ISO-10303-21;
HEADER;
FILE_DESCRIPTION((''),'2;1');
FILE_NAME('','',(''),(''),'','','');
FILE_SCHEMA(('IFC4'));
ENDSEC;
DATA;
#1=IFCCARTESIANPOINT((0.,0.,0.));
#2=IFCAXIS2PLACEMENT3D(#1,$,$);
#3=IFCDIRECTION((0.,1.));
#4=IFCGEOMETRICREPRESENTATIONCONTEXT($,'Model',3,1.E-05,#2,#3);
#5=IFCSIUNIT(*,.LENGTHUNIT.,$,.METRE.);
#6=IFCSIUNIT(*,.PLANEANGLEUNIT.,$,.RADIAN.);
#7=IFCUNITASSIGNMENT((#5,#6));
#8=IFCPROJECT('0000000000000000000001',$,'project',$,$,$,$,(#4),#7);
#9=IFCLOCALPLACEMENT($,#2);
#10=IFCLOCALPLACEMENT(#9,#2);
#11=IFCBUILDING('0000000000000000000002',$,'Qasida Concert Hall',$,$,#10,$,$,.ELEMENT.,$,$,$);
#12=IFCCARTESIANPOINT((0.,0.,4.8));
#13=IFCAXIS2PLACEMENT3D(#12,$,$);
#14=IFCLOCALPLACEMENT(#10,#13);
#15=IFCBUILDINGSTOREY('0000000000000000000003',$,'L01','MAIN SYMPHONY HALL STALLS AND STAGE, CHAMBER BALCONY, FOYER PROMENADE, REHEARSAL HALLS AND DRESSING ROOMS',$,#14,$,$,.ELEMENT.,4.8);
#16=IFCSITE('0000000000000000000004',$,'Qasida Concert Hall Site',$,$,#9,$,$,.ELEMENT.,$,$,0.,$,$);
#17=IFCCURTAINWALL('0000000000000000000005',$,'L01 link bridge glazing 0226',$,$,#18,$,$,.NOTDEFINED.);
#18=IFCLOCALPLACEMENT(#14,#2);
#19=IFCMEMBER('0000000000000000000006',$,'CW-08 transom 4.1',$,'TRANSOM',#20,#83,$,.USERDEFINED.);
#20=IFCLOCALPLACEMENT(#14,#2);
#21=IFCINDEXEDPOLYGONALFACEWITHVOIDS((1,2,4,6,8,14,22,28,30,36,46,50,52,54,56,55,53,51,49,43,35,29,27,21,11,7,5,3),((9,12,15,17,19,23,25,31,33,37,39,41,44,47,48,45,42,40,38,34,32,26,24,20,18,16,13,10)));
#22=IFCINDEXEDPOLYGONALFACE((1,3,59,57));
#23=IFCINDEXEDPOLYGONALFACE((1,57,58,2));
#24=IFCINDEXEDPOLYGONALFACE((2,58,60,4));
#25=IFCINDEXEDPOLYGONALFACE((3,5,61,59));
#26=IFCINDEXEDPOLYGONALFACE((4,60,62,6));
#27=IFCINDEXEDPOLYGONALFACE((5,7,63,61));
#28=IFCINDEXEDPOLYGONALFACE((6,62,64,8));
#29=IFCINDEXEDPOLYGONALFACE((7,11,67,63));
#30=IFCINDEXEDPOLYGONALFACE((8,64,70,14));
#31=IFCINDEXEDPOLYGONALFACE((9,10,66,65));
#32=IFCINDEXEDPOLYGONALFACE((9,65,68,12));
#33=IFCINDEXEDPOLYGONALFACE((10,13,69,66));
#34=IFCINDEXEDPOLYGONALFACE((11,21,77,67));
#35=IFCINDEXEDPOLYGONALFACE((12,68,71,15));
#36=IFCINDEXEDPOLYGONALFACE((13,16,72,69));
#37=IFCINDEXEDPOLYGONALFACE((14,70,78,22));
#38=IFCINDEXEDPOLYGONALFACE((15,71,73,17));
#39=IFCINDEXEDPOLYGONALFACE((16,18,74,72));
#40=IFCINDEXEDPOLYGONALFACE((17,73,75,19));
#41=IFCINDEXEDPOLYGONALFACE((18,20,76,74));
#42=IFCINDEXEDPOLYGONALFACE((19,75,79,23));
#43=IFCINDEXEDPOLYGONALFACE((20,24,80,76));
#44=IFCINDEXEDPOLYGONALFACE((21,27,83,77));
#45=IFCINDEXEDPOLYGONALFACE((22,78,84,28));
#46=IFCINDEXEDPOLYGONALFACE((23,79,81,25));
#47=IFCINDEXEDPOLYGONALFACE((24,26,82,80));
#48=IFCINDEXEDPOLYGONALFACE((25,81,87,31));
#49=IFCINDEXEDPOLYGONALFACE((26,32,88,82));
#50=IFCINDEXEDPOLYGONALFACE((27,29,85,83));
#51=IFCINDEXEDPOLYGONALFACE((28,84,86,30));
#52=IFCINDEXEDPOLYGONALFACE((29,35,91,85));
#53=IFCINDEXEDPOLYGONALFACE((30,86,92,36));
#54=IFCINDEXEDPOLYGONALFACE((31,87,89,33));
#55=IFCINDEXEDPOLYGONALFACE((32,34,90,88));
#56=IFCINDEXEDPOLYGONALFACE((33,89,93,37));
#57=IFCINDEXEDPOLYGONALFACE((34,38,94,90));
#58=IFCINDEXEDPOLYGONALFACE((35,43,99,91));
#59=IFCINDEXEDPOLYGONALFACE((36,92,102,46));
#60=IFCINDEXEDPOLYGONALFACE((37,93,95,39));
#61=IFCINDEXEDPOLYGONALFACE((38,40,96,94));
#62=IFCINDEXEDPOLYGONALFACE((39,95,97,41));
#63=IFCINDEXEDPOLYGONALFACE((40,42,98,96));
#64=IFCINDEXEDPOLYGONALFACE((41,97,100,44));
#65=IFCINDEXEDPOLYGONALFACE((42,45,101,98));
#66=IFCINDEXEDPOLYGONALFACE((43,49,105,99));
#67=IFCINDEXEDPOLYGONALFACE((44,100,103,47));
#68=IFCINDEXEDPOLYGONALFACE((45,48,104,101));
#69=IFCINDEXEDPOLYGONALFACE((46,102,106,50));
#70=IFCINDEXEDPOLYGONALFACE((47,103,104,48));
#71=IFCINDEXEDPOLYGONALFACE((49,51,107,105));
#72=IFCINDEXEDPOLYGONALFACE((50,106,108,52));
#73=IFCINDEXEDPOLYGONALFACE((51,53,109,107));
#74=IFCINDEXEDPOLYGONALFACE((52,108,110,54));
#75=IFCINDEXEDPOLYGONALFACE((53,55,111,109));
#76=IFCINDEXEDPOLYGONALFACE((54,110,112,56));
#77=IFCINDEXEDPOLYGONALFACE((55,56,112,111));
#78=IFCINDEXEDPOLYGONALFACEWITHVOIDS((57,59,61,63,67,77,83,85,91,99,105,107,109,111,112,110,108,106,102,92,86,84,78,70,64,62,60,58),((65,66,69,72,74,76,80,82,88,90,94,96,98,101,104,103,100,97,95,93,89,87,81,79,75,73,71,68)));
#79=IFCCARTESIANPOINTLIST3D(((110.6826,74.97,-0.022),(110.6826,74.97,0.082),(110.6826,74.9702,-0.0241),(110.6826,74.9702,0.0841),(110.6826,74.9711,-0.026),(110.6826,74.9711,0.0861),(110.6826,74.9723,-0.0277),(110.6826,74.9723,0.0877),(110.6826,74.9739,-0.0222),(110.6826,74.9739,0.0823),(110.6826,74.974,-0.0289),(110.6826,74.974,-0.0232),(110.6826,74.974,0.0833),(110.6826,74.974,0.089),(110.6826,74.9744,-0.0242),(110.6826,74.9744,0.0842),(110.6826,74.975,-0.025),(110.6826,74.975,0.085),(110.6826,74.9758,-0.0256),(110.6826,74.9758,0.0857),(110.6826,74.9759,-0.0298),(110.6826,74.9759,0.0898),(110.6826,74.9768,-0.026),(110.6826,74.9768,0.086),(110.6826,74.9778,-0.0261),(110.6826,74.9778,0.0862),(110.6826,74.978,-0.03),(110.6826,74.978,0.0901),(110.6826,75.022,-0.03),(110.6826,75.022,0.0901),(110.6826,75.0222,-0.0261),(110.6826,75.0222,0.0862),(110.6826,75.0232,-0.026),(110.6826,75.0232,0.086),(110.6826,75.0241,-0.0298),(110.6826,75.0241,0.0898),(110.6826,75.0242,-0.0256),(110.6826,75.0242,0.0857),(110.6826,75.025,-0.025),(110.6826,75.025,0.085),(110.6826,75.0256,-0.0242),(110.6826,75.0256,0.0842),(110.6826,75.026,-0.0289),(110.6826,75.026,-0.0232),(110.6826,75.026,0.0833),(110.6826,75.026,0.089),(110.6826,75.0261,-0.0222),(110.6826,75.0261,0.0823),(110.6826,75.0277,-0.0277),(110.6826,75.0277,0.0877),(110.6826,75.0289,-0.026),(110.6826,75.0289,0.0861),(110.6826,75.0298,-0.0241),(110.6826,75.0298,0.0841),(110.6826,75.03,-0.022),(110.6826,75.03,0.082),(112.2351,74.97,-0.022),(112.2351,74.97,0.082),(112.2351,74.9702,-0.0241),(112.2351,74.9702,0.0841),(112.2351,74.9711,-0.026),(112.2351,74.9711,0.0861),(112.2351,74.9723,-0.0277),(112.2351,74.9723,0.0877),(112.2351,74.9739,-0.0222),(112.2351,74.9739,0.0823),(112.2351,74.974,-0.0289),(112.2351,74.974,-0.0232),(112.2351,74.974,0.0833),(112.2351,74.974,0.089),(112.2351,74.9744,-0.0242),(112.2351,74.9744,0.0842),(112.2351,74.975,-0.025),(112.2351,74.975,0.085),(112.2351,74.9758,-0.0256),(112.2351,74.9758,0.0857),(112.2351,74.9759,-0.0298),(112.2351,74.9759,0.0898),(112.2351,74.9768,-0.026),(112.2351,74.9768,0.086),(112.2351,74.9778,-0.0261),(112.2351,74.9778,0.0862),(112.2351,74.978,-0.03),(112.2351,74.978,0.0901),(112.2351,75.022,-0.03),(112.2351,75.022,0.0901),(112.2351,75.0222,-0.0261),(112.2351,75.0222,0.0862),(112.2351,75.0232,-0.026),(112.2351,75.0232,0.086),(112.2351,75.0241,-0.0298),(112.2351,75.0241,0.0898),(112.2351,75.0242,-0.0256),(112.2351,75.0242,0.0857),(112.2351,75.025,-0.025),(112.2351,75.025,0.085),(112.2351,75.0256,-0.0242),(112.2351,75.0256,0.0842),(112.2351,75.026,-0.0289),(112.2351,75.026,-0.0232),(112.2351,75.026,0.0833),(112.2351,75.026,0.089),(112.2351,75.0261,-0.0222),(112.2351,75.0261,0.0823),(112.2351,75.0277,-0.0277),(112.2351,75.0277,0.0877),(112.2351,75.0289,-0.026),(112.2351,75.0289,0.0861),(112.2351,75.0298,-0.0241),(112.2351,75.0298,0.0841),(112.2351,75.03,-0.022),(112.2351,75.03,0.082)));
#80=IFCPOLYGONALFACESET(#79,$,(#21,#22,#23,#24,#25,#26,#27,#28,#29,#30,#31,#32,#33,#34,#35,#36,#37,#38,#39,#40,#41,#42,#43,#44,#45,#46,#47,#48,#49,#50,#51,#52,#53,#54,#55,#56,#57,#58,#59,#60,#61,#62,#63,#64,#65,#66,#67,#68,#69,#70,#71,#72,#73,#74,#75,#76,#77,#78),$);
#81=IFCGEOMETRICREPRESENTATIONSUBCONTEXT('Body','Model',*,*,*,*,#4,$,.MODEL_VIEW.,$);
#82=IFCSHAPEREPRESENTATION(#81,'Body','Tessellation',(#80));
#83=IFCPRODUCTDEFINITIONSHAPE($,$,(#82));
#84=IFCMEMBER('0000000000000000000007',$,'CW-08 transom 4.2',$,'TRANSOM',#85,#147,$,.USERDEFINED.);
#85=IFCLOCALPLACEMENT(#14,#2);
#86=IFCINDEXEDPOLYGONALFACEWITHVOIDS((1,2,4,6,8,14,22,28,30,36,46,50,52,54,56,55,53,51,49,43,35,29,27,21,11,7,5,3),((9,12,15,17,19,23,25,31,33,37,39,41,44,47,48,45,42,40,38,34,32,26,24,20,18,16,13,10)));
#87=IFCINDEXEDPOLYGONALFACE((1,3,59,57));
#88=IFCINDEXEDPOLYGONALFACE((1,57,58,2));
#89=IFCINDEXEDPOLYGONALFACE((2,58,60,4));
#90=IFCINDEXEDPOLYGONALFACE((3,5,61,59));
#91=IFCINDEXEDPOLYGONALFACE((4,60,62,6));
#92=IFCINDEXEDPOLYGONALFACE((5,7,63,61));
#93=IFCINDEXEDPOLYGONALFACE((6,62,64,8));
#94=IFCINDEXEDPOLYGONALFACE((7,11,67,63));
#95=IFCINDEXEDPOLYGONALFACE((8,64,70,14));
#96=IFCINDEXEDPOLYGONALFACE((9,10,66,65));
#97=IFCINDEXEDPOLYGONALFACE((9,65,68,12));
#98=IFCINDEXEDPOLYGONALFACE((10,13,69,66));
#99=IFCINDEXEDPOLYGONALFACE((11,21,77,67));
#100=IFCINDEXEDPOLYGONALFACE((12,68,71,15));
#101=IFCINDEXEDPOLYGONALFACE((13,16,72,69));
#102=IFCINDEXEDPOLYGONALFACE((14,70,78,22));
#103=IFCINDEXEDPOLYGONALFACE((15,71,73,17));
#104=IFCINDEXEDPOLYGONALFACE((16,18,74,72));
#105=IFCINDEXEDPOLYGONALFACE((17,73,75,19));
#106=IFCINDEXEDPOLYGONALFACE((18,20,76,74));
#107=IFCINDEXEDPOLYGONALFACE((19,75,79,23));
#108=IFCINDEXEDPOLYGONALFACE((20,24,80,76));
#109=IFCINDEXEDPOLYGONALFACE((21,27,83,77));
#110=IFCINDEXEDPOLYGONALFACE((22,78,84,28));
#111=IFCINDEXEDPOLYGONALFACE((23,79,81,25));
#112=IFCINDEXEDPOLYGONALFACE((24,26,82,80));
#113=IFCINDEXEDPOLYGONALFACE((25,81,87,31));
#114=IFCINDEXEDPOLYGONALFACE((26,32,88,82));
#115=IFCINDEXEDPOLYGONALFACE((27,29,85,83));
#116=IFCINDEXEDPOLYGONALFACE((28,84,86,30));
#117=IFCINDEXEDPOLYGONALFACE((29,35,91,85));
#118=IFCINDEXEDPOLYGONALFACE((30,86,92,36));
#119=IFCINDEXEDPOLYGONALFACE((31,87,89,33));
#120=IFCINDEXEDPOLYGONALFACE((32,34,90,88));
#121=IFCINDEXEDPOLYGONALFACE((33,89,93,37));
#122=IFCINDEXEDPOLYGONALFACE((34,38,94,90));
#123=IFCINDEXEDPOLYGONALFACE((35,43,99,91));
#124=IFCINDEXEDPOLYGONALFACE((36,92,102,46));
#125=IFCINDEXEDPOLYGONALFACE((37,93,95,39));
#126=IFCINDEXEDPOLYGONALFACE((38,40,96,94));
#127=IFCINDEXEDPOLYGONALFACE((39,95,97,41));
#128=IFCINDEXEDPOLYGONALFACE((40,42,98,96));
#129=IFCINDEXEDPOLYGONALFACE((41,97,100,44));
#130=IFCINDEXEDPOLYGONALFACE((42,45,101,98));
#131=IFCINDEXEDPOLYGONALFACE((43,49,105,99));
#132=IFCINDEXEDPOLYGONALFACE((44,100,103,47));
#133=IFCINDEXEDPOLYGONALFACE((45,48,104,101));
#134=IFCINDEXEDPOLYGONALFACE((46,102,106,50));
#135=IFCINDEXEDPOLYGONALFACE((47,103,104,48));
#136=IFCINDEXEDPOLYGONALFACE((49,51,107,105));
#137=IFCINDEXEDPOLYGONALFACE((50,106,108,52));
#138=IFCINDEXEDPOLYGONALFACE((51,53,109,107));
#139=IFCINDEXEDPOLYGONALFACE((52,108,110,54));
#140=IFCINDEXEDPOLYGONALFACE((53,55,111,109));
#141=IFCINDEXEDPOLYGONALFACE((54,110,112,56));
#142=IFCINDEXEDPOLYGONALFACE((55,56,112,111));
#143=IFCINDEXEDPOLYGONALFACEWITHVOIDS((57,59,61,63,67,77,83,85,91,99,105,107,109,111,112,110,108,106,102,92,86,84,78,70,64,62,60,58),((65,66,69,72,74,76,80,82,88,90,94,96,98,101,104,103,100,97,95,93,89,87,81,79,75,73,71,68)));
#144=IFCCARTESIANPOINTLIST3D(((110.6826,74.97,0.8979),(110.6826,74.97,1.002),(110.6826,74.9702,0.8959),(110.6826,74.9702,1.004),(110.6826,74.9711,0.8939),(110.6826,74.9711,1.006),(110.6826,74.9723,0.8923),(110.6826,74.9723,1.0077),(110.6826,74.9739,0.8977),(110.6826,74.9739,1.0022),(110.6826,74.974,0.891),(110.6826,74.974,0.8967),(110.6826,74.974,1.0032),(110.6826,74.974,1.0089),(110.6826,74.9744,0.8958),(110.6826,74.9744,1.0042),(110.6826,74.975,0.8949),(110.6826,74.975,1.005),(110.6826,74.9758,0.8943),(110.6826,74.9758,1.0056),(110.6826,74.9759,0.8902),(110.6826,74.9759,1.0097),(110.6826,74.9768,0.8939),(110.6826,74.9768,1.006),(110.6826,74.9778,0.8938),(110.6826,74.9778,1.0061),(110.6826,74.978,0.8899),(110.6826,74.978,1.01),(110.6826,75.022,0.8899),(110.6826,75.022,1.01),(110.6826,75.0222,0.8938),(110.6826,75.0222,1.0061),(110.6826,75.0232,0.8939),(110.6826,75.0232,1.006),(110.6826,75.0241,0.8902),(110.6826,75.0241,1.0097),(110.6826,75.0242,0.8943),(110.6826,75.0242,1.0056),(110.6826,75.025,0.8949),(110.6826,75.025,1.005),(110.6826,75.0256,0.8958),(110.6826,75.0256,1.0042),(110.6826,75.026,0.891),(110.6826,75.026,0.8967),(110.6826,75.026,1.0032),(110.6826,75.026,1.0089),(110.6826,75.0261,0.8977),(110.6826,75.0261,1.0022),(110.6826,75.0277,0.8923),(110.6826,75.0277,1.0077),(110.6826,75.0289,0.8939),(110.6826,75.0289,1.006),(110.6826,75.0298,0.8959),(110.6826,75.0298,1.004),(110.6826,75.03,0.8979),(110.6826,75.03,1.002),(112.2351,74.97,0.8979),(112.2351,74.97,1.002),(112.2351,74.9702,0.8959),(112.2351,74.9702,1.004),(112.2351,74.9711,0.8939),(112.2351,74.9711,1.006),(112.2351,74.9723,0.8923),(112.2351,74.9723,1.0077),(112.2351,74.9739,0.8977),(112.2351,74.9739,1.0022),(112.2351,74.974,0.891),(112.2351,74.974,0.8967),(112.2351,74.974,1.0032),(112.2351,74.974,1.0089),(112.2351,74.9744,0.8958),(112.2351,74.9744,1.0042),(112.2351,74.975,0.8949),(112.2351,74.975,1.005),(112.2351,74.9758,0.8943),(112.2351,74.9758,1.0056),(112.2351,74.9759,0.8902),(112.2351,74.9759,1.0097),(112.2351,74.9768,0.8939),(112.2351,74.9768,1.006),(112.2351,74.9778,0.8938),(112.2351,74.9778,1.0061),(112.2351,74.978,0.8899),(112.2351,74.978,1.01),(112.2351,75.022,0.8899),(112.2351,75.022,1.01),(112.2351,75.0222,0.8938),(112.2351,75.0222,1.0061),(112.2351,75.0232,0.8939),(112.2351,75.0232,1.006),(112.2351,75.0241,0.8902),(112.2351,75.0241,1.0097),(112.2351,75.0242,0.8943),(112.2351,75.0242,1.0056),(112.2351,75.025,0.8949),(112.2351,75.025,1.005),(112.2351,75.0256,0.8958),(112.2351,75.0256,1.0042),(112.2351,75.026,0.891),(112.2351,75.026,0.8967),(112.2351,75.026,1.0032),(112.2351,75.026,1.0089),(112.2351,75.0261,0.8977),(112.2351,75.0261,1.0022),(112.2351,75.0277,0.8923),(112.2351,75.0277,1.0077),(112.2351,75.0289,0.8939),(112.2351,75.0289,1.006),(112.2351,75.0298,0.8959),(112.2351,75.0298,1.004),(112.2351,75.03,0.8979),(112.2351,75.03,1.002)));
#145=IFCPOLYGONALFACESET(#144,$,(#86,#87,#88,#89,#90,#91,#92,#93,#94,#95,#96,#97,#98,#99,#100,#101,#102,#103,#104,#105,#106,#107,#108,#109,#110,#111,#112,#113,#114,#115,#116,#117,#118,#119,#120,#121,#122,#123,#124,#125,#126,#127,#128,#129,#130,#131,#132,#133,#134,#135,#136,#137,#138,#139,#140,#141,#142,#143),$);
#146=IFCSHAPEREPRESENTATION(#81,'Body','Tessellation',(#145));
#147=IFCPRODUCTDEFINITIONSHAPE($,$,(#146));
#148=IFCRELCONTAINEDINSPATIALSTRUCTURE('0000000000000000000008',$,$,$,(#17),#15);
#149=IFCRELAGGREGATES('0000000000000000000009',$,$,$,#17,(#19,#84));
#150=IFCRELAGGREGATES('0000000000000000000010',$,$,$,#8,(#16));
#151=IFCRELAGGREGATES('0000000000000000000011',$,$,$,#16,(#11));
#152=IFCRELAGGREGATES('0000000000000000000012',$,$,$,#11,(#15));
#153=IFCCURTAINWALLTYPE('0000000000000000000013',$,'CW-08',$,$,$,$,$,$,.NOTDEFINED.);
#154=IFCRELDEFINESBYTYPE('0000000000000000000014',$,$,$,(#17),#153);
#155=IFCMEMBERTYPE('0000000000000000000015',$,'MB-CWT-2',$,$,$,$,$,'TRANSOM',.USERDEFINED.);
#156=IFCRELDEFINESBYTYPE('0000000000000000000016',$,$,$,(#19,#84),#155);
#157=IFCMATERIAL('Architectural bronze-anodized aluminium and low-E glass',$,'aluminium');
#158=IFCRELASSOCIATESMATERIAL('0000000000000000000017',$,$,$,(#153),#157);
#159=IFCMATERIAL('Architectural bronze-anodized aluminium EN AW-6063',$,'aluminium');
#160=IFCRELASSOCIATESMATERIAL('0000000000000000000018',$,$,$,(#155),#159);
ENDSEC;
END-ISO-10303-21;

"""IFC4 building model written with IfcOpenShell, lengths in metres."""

from ifc_helpers import new_model, si_unit, direction, frame, origin, origin_2d, place, context, subcontext, project, spatial, hollow_rectangle, extrude, material, material_profile, profile_set, type_object, element, aggregate, save


model = new_model("IFC4")

# Units and contexts
model_context = context("Model", 3, precision=1e-05, world=origin(), true_north=direction((0.0, 1.0)))
body_context = subcontext(model_context, "Body", "Model", "MODEL_VIEW")
ifc_project = project(units=[si_unit("LENGTHUNIT", "METRE"), si_unit("PLANEANGLEUNIT", "RADIAN")], contexts=[model_context])

# Site, building, storey
site_placement = place(None, origin())
site = spatial("IfcSite", under=ifc_project, at=site_placement, Name="Qasida Concert Hall Site", CompositionType="ELEMENT", RefElevation=0.0)
building_placement = place(site_placement, origin())
building = spatial("IfcBuilding", under=site, at=building_placement, Name="Qasida Concert Hall", CompositionType="ELEMENT")
storey_placement = place(building_placement, frame((0.0, 0.0, 4.8)))
storey = spatial("IfcBuildingStorey", under=building, at=storey_placement, Name="L01", Description="MAIN SYMPHONY HALL STALLS AND STAGE, CHAMBER BALCONY, FOYER PROMENADE, REHEARSAL HALLS AND DRESSING ROOMS", CompositionType="ELEMENT", Elevation=4.8)

# Curtain wall, members
ifc_material_1 = material(Name="Architectural bronze-anodized aluminium and low-E glass", Category="aluminium")
curtain_wall_type = type_object("IfcCurtainWallType", Name="CW-08", PredefinedType="NOTDEFINED", material=ifc_material_1)
curtain_wall_placement = place(storey_placement, origin())
curtain_wall = element("IfcCurtainWall", 1, at=curtain_wall_placement, inside=storey, type_object=curtain_wall_type, Name="L01 link bridge glazing 0226", PredefinedType="NOTDEFINED")
ifc_material_2 = material(Name="Architectural bronze-anodized aluminium EN AW-6063", Category="aluminium")
ifc_material_profile_1 = material_profile(ifc_material_2, hollow_rectangle(XDim=0.0601, YDim=0.1201, WallThickness=0.0039, InnerFilletRadius=0.0039, OuterFilletRadius=0.0081, at=origin_2d()), Name="CWT 120x60x4")
ifc_profile_set_1 = profile_set([ifc_material_profile_1], Name="Architectural bronze-anodized aluminium EN AW-6063")
member_type_1 = type_object("IfcMemberType", Name="MB-CWT-2", ElementType="TRANSOM", PredefinedType="USERDEFINED", material=ifc_profile_set_1)
member_1_placement = place(storey_placement, frame((110.6826, 75.0, 0.03), z_axis=(1.0, 0.0, 0.0), x_axis=(0.0, 1.0, 0.0)))
member_1 = element("IfcMember", 2, at=member_1_placement, type_object=member_type_1, Name="CW-08 transom 4.1", ObjectType="TRANSOM", PredefinedType="USERDEFINED", context=body_context, shape_type="SweptSolid", body=[
    extrude(hollow_rectangle(XDim=0.0601, YDim=0.1201, WallThickness=0.0039, InnerFilletRadius=0.0039, OuterFilletRadius=0.0081, at=origin_2d()), origin(), (0.0, 0.0, 1.0), 1.5525),
])
member_2_placement = place(storey_placement, frame((110.6826, 75.0, 0.95), z_axis=(1.0, 0.0, 0.0), x_axis=(0.0, 1.0, 0.0)))
member_2 = element("IfcMember", 3, at=member_2_placement, type_object=member_type_1, Name="CW-08 transom 4.2", ObjectType="TRANSOM", PredefinedType="USERDEFINED", context=body_context, shape_type="SweptSolid", body=[
    extrude(hollow_rectangle(XDim=0.0601, YDim=0.1201, WallThickness=0.0039, InnerFilletRadius=0.0039, OuterFilletRadius=0.0081, at=origin_2d()), origin(), (0.0, 0.0, 1.0), 1.5525),
])
aggregate(curtain_wall, [member_1, member_2])

save(model, "model.ifc")
